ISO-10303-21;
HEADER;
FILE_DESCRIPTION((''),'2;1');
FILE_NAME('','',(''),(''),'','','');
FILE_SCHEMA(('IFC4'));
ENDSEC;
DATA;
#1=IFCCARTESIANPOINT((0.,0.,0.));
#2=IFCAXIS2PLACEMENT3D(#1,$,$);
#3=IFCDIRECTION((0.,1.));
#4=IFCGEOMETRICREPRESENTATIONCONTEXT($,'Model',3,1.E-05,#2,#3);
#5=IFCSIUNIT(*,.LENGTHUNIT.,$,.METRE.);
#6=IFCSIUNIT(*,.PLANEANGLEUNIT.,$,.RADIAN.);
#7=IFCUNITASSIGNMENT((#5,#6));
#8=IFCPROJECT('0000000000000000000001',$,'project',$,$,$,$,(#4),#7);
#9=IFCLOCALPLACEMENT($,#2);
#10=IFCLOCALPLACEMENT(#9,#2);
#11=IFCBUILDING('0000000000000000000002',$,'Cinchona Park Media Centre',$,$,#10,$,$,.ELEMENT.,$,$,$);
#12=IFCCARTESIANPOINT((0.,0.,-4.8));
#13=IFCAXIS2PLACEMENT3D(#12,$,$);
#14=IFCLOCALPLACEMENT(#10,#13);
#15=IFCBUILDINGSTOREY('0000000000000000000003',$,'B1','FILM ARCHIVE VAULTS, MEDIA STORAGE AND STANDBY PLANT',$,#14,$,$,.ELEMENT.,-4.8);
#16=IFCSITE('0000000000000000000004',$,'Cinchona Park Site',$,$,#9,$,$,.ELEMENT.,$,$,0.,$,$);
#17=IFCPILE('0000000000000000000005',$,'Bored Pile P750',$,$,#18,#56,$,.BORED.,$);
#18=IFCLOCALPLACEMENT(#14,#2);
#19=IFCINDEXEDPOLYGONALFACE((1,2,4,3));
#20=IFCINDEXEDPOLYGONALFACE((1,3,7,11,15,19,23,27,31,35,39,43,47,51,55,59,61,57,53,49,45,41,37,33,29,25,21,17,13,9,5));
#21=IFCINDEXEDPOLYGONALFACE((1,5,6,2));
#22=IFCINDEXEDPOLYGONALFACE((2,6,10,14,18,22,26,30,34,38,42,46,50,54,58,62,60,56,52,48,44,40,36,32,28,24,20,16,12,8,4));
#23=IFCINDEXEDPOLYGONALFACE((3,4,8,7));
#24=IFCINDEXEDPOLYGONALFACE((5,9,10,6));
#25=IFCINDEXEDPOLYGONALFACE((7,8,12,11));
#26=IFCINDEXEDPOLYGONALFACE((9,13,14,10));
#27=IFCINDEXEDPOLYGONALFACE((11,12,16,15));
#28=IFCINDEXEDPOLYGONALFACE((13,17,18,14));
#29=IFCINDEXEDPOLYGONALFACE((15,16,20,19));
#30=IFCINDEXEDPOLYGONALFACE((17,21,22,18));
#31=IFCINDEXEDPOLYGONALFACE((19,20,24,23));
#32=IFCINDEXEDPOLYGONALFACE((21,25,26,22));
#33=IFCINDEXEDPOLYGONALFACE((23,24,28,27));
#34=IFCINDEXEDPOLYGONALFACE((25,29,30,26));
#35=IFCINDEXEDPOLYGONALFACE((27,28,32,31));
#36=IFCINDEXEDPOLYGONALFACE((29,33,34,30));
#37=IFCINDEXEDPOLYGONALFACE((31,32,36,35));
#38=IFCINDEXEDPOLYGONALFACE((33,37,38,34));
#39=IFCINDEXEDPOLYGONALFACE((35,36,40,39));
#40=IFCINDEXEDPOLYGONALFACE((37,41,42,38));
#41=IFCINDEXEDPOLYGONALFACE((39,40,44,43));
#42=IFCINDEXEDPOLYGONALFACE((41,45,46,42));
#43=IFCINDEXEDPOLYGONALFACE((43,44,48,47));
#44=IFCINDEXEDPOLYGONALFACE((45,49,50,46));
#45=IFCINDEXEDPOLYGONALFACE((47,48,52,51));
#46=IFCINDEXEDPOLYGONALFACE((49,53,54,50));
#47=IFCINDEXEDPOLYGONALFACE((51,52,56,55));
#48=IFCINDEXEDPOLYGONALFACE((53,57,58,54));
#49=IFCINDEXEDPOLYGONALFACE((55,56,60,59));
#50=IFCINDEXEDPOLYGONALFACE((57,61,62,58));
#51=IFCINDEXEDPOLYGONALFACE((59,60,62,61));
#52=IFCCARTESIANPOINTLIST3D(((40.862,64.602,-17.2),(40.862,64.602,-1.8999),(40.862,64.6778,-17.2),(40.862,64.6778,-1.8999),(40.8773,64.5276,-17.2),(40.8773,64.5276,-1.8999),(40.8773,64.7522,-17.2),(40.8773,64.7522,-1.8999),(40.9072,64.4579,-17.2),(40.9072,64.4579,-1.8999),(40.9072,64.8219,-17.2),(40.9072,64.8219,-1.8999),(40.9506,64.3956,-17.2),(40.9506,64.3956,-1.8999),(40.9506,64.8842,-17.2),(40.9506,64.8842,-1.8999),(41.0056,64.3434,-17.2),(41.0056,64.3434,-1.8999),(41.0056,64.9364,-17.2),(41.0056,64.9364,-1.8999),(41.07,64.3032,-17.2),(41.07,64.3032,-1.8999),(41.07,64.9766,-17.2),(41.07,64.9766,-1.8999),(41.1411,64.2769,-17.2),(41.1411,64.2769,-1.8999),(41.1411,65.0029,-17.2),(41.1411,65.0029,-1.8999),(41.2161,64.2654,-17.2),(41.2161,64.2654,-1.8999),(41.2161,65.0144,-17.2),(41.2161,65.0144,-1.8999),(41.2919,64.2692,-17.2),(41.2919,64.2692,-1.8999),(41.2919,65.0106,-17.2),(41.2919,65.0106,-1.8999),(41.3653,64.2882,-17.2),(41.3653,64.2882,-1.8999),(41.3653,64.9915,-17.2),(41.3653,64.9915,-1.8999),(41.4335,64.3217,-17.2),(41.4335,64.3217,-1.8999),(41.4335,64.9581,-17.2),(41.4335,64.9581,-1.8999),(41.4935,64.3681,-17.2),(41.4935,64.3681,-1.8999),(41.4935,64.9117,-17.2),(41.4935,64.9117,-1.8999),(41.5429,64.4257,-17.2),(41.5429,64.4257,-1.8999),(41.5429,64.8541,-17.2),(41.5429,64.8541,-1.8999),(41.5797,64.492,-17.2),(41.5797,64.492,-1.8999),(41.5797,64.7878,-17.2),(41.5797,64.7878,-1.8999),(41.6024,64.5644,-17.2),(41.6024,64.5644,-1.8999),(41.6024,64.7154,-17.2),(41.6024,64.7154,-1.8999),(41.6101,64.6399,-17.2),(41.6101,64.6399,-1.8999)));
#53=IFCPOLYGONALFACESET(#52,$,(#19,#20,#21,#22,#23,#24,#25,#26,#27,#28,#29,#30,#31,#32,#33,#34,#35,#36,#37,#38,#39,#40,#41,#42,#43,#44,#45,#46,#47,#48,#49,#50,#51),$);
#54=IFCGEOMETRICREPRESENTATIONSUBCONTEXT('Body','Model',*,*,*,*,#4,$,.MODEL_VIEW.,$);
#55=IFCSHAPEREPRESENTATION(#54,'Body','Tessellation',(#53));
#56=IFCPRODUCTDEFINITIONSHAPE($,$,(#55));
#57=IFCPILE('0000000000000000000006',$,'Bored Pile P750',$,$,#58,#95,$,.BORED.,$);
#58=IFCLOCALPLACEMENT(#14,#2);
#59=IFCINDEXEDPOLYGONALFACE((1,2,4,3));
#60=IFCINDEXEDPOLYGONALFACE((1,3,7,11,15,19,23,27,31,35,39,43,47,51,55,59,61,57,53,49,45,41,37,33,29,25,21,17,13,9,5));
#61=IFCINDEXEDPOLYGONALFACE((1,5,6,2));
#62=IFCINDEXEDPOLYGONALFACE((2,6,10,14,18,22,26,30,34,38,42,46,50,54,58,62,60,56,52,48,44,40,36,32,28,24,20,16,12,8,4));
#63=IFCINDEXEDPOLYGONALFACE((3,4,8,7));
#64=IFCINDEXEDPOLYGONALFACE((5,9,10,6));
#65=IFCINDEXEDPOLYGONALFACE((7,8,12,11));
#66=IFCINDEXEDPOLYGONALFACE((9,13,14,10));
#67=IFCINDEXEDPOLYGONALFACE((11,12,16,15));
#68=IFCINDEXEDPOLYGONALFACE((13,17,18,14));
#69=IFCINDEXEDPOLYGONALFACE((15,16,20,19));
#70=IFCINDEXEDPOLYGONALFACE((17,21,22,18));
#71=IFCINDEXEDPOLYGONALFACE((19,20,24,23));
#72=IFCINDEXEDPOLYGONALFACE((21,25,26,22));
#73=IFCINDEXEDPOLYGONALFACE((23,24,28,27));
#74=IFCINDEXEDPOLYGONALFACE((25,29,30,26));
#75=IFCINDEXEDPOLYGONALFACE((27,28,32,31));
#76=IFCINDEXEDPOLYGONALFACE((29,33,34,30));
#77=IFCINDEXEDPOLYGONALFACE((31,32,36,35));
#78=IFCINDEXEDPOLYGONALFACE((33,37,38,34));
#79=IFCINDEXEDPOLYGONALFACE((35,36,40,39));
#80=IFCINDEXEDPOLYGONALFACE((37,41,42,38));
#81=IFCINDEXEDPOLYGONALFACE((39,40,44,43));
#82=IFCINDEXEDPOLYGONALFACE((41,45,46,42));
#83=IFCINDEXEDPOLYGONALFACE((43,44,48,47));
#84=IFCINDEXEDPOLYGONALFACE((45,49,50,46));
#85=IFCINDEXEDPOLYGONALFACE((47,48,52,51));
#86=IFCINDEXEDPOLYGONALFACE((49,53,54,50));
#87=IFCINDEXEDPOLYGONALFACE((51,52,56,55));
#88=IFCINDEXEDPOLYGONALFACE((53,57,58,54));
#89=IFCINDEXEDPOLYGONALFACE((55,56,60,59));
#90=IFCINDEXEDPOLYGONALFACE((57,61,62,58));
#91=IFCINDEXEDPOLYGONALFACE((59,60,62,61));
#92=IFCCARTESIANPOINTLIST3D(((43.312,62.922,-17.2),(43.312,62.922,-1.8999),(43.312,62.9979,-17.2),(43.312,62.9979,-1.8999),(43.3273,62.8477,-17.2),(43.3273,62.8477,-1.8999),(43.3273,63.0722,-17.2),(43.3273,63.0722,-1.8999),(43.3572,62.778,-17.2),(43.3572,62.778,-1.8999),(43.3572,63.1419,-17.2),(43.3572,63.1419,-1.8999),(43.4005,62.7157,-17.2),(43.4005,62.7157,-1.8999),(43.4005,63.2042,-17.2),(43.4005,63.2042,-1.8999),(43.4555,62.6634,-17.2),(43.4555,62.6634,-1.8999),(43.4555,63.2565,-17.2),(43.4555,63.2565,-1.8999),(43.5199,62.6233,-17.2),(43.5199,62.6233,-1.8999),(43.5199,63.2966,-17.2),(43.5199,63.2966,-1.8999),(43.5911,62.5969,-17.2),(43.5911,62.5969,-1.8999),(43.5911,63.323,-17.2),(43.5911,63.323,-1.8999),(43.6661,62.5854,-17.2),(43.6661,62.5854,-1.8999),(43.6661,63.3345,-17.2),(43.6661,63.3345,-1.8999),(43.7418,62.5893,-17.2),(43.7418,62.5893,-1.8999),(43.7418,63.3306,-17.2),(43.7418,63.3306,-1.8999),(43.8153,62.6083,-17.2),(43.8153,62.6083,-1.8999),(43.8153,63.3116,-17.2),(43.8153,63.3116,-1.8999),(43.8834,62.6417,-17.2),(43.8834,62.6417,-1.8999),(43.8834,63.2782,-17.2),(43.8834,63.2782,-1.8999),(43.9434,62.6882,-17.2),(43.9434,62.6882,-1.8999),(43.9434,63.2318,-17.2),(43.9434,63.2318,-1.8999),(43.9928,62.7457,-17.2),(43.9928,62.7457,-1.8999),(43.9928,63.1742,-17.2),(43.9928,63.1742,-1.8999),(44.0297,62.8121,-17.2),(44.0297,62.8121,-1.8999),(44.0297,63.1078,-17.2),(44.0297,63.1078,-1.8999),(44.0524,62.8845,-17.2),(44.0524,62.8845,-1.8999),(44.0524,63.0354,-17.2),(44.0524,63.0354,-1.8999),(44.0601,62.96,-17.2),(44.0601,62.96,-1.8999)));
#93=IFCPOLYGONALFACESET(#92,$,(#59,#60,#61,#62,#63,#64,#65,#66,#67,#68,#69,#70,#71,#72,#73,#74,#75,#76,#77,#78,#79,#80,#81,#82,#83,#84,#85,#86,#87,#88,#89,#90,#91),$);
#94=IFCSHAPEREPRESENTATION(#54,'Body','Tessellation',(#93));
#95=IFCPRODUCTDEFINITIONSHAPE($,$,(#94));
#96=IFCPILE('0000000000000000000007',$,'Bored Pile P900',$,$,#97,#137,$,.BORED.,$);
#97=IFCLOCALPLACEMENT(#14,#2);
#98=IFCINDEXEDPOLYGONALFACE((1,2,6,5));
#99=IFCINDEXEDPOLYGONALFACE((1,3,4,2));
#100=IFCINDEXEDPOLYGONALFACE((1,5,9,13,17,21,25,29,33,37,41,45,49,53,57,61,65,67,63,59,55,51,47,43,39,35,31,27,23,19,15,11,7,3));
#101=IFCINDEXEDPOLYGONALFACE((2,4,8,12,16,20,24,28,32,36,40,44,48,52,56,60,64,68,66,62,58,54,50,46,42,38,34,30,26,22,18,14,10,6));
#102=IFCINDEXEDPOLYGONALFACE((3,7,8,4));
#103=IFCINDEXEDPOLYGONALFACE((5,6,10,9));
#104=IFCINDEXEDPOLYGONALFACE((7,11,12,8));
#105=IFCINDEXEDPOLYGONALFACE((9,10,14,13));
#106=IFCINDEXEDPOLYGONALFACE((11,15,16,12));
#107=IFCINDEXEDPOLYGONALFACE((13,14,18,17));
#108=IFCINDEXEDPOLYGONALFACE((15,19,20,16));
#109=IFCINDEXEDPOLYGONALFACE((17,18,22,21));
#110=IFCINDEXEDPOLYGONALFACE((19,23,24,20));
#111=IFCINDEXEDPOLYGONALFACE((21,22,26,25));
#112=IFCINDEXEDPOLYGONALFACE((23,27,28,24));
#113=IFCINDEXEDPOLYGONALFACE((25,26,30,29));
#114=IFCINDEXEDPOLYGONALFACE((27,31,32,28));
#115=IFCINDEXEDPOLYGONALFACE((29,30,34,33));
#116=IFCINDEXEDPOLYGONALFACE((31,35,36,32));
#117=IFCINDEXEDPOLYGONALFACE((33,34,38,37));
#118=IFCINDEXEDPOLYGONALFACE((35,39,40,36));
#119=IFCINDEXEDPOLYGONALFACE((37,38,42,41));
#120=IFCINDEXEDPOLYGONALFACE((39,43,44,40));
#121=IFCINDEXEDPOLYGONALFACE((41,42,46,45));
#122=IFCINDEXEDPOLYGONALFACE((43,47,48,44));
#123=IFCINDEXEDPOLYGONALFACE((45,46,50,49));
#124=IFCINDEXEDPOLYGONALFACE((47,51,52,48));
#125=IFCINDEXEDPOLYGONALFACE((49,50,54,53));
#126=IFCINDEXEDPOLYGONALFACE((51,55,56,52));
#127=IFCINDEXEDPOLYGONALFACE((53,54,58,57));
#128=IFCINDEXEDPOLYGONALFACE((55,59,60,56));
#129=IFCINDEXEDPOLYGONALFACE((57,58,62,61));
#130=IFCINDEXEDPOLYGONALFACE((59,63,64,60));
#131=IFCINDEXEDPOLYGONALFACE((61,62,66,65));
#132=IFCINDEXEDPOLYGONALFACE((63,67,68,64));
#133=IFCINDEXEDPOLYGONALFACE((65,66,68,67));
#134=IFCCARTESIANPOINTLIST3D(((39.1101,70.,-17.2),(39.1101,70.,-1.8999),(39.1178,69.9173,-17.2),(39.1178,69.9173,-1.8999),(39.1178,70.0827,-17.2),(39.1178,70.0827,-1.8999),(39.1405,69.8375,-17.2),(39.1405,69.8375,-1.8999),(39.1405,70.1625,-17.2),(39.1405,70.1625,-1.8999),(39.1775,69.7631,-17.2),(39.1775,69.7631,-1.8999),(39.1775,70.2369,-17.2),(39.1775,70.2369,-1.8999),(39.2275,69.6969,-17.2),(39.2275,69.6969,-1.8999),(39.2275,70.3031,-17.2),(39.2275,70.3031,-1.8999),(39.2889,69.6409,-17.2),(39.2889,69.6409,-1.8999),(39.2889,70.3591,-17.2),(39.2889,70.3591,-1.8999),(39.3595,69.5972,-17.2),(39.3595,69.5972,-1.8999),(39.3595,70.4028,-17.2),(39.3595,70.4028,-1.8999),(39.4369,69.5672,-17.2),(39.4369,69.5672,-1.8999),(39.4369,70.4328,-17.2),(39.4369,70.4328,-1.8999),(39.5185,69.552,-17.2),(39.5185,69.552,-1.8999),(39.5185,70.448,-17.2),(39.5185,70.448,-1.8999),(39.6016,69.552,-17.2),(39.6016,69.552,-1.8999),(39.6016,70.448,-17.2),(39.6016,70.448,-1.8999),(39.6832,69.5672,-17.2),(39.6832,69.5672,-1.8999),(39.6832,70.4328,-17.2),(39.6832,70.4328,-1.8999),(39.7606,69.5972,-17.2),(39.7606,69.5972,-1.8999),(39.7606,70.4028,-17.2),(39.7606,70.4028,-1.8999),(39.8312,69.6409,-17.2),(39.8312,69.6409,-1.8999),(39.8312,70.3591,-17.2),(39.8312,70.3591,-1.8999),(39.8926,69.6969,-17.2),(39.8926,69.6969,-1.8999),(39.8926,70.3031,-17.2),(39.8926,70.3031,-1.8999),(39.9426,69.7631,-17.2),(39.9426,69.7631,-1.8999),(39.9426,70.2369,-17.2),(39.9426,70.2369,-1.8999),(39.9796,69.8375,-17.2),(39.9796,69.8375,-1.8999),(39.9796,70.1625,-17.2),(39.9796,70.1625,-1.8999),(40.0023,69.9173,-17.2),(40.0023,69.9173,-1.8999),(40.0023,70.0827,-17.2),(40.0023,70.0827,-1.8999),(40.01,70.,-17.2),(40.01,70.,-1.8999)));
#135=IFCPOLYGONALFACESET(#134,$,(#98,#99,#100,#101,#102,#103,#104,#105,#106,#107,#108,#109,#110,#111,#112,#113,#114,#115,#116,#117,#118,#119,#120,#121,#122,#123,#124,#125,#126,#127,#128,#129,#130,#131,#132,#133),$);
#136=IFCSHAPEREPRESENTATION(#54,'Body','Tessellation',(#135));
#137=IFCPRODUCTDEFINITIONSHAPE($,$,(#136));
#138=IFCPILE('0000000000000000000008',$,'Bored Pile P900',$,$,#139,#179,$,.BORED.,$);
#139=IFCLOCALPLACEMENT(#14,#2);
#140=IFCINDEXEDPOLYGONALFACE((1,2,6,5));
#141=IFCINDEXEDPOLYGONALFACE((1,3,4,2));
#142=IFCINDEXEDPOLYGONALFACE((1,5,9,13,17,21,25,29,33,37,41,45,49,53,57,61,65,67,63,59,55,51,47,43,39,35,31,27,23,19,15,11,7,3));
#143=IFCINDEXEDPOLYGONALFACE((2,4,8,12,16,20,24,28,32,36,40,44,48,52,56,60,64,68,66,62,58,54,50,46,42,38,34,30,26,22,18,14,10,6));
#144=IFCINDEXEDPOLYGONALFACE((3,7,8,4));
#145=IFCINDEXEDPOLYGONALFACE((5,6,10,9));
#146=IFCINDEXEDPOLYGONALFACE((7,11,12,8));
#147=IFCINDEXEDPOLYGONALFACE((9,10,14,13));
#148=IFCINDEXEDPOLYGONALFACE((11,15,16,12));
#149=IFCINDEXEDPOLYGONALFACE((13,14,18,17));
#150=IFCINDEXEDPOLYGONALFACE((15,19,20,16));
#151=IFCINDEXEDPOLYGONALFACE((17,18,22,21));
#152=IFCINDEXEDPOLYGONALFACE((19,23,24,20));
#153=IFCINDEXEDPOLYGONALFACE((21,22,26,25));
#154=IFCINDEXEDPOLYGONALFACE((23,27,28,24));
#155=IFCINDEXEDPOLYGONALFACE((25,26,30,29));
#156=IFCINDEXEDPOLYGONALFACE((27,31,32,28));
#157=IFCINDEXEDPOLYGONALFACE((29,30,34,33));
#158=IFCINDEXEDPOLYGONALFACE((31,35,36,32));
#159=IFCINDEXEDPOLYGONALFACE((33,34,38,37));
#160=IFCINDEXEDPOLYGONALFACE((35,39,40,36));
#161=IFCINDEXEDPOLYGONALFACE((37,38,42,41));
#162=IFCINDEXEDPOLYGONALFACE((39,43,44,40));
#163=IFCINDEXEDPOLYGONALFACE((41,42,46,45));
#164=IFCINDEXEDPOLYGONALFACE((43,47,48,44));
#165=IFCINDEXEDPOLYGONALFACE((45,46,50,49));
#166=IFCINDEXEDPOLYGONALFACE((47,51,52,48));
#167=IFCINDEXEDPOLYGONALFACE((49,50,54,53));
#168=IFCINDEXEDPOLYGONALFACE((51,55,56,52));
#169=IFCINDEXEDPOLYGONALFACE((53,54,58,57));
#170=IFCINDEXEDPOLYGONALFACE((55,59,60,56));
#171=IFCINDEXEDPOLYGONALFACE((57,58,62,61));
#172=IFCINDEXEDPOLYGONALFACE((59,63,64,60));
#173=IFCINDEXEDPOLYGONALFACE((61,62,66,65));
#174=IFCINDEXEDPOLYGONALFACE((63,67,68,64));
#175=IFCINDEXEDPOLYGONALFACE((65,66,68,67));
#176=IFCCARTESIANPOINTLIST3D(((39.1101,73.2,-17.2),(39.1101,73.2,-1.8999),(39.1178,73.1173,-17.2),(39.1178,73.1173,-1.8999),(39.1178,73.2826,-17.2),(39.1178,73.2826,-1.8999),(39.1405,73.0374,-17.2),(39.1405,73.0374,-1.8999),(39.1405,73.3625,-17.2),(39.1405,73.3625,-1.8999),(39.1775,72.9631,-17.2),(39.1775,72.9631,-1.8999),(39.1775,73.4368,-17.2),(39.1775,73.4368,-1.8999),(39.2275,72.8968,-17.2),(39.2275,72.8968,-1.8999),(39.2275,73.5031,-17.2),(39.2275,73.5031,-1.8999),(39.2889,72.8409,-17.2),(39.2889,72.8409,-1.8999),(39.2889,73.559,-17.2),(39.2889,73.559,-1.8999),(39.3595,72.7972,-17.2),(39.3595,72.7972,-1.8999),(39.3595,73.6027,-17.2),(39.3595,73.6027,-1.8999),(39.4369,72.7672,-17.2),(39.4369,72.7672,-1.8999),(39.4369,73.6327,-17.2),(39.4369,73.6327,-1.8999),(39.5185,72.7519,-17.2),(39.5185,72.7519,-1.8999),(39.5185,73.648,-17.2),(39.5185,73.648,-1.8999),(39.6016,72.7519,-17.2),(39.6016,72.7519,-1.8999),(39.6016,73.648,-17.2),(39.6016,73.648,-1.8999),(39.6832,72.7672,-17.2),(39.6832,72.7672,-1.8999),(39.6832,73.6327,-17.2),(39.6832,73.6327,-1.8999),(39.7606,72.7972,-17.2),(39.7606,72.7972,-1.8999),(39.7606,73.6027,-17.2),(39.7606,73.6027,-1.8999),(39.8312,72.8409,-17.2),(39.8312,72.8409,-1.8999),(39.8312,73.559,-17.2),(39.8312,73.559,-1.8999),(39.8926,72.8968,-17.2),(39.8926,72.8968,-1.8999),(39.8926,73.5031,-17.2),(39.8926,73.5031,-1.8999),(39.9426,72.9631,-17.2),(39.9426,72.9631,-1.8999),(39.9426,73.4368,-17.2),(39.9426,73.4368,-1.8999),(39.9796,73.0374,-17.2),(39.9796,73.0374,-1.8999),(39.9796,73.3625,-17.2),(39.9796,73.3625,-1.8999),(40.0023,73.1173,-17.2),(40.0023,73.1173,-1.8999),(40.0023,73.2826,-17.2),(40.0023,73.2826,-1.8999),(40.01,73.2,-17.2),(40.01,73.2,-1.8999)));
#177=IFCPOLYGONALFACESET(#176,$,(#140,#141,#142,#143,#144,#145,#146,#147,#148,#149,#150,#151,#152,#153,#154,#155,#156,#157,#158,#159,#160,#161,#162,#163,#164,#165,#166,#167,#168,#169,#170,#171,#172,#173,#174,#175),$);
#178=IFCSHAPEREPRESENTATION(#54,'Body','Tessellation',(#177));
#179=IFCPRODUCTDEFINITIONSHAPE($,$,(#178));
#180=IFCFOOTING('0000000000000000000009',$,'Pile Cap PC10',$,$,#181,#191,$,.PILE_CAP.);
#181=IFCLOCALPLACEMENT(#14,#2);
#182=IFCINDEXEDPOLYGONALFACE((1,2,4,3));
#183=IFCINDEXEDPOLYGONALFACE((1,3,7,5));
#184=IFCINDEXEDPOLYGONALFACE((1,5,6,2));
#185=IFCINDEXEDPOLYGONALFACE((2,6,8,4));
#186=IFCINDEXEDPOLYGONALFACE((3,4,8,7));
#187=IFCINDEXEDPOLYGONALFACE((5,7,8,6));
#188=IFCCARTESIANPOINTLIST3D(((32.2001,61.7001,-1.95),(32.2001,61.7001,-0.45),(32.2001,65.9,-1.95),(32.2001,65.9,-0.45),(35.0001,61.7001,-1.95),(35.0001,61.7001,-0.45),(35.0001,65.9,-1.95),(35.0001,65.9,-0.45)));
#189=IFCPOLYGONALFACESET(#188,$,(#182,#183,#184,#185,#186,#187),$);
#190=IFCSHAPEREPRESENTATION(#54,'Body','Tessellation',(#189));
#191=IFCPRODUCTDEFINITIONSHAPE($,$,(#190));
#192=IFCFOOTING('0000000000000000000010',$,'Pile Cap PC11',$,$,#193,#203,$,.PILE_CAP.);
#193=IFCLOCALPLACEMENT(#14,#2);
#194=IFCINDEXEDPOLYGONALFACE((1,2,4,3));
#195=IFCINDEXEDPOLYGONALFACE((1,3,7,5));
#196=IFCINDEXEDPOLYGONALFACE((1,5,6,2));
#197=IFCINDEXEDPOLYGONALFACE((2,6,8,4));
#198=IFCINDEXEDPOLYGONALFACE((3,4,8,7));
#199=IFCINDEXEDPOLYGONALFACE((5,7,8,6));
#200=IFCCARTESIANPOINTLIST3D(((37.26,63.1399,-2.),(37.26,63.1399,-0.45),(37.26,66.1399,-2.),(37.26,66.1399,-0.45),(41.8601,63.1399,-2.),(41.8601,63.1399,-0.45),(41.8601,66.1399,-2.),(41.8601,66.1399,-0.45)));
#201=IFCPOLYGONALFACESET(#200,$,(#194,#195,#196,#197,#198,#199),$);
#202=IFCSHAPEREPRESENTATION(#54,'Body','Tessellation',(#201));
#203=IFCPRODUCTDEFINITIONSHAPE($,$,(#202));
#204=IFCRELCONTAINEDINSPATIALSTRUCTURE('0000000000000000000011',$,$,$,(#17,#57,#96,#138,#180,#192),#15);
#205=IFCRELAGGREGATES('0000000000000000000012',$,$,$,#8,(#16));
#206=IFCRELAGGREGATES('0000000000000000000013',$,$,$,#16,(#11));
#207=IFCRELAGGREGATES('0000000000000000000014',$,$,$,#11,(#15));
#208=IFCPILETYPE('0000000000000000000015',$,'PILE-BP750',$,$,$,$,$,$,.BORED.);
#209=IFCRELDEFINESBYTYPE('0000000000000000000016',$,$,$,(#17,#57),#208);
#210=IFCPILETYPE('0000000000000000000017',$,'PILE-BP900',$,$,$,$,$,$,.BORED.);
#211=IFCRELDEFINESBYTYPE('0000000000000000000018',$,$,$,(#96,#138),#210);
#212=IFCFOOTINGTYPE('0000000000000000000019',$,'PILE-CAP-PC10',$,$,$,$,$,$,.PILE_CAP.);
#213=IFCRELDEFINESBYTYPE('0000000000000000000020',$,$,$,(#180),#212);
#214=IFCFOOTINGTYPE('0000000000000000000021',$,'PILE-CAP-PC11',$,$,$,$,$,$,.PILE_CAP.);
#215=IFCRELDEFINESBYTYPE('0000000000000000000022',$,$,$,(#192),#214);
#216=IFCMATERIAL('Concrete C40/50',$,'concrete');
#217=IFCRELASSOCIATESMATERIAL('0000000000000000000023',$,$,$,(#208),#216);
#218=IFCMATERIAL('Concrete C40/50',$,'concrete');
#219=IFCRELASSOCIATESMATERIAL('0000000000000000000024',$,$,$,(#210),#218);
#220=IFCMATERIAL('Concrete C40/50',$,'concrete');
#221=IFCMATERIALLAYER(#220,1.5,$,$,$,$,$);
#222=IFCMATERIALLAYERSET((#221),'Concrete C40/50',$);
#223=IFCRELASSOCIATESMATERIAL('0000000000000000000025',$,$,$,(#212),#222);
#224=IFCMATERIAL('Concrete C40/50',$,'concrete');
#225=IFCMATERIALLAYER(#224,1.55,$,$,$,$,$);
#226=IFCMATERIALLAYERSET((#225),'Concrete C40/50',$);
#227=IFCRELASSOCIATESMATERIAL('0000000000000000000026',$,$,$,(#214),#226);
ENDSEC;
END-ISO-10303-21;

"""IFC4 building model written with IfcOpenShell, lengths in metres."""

from ifc_helpers import new_model, si_unit, direction, frame, origin, origin_2d, place, context, subcontext, project, spatial, rectangle, circle, extrude, material, layer, layer_set, material_profile, profile_set, type_object, element, save


model = new_model("IFC4")

# Units and contexts
model_context = context("Model", 3, precision=1e-05, world=origin(), true_north=direction((0.0, 1.0)))
body_context = subcontext(model_context, "Body", "Model", "MODEL_VIEW")
ifc_project = project(units=[si_unit("LENGTHUNIT", "METRE"), si_unit("PLANEANGLEUNIT", "RADIAN")], contexts=[model_context])

# Site, building, storey
site_placement = place(None, origin())
site = spatial("IfcSite", under=ifc_project, at=site_placement, Name="Cinchona Park Site", CompositionType="ELEMENT", RefElevation=0.0)
building_placement = place(site_placement, origin())
building = spatial("IfcBuilding", under=site, at=building_placement, Name="Cinchona Park Media Centre", CompositionType="ELEMENT")
storey_placement = place(building_placement, frame((0.0, 0.0, -4.8)))
storey = spatial("IfcBuildingStorey", under=building, at=storey_placement, Name="B1", Description="FILM ARCHIVE VAULTS, MEDIA STORAGE AND STANDBY PLANT", CompositionType="ELEMENT", Elevation=-4.8)

# Piles
ifc_material_1 = material(Name="Concrete C40/50", Category="concrete")
ifc_material_profile_1 = material_profile(ifc_material_1, circle(Radius=0.375, at=origin_2d()), Name="BORED PILE 750")
ifc_profile_set_1 = profile_set([ifc_material_profile_1], Name="Concrete C40/50")
pile_type_1 = type_object("IfcPileType", Name="PILE-BP750", PredefinedType="BORED", material=ifc_profile_set_1)
for number, where, z_axis, x_axis, name in (
    (1, (41.2351, 64.6399, -1.8999), (0.0, 0.0, -1.0), (1.0, 0.0, 0.0), "Bored Pile P750"),
    (2, (43.6851, 62.96, -1.8999), (0.0, 0.0, -1.0), (1.0, 0.0, 0.0), "Bored Pile P750"),
):
    element("IfcPile", number, at=place(storey_placement, frame(where, z_axis=z_axis, x_axis=x_axis)), inside=storey, type_object=pile_type_1, Name=name, PredefinedType="BORED", context=body_context, shape_type="SweptSolid", body=[
        extrude(circle(Radius=0.375, at=origin_2d()), origin(), (0.0, 0.0, 1.0), 15.3),
    ])
ifc_material_2 = material(Name="Concrete C40/50", Category="concrete")
ifc_material_profile_2 = material_profile(ifc_material_2, circle(Radius=0.45, at=origin_2d()), Name="BORED PILE 900")
ifc_profile_set_2 = profile_set([ifc_material_profile_2], Name="Concrete C40/50")
pile_type_2 = type_object("IfcPileType", Name="PILE-BP900", PredefinedType="BORED", material=ifc_profile_set_2)
for number, where, z_axis, x_axis, name in (
    (3, (39.5601, 70.0, -1.8999), (0.0, 0.0, -1.0), (1.0, 0.0, 0.0), "Bored Pile P900"),
    (4, (39.5601, 73.2, -1.8999), (0.0, 0.0, -1.0), (1.0, 0.0, 0.0), "Bored Pile P900"),
):
    element("IfcPile", number, at=place(storey_placement, frame(where, z_axis=z_axis, x_axis=x_axis)), inside=storey, type_object=pile_type_2, Name=name, PredefinedType="BORED", context=body_context, shape_type="SweptSolid", body=[
        extrude(circle(Radius=0.45, at=origin_2d()), origin(), (0.0, 0.0, 1.0), 15.3),
    ])

# Footings
ifc_material_3 = material(Name="Concrete C40/50", Category="concrete")
ifc_layer_1 = layer(ifc_material_3, 1.5)
ifc_layer_set_1 = layer_set([ifc_layer_1], Name="Concrete C40/50")
footing_type_1 = type_object("IfcFootingType", Name="PILE-CAP-PC10", PredefinedType="PILE_CAP", material=ifc_layer_set_1)
footing_1_placement = place(storey_placement, frame((33.6001, 63.8, -1.95), z_axis=(0.0, 0.0, 1.0), x_axis=(1.0, 0.0, 0.0)))
element("IfcFooting", 5, at=footing_1_placement, inside=storey, type_object=footing_type_1, Name="Pile Cap PC10", PredefinedType="PILE_CAP", context=body_context, shape_type="SweptSolid", body=[
    extrude(rectangle(XDim=2.8, YDim=4.2, at=origin_2d()), origin(), (0.0, 0.0, 1.0), 1.5),
])
ifc_material_4 = material(Name="Concrete C40/50", Category="concrete")
ifc_layer_2 = layer(ifc_material_4, 1.55)
ifc_layer_set_2 = layer_set([ifc_layer_2], Name="Concrete C40/50")
footing_type_2 = type_object("IfcFootingType", Name="PILE-CAP-PC11", PredefinedType="PILE_CAP", material=ifc_layer_set_2)
footing_2_placement = place(storey_placement, frame((39.5601, 64.6399, -2.0), z_axis=(0.0, 0.0, 1.0), x_axis=(1.0, 0.0, 0.0)))
element("IfcFooting", 6, at=footing_2_placement, inside=storey, type_object=footing_type_2, Name="Pile Cap PC11", PredefinedType="PILE_CAP", context=body_context, shape_type="SweptSolid", body=[
    extrude(rectangle(XDim=4.6001, YDim=3.0, at=origin_2d()), origin(), (0.0, 0.0, 1.0), 1.55),
])

save(model, "model.ifc")
